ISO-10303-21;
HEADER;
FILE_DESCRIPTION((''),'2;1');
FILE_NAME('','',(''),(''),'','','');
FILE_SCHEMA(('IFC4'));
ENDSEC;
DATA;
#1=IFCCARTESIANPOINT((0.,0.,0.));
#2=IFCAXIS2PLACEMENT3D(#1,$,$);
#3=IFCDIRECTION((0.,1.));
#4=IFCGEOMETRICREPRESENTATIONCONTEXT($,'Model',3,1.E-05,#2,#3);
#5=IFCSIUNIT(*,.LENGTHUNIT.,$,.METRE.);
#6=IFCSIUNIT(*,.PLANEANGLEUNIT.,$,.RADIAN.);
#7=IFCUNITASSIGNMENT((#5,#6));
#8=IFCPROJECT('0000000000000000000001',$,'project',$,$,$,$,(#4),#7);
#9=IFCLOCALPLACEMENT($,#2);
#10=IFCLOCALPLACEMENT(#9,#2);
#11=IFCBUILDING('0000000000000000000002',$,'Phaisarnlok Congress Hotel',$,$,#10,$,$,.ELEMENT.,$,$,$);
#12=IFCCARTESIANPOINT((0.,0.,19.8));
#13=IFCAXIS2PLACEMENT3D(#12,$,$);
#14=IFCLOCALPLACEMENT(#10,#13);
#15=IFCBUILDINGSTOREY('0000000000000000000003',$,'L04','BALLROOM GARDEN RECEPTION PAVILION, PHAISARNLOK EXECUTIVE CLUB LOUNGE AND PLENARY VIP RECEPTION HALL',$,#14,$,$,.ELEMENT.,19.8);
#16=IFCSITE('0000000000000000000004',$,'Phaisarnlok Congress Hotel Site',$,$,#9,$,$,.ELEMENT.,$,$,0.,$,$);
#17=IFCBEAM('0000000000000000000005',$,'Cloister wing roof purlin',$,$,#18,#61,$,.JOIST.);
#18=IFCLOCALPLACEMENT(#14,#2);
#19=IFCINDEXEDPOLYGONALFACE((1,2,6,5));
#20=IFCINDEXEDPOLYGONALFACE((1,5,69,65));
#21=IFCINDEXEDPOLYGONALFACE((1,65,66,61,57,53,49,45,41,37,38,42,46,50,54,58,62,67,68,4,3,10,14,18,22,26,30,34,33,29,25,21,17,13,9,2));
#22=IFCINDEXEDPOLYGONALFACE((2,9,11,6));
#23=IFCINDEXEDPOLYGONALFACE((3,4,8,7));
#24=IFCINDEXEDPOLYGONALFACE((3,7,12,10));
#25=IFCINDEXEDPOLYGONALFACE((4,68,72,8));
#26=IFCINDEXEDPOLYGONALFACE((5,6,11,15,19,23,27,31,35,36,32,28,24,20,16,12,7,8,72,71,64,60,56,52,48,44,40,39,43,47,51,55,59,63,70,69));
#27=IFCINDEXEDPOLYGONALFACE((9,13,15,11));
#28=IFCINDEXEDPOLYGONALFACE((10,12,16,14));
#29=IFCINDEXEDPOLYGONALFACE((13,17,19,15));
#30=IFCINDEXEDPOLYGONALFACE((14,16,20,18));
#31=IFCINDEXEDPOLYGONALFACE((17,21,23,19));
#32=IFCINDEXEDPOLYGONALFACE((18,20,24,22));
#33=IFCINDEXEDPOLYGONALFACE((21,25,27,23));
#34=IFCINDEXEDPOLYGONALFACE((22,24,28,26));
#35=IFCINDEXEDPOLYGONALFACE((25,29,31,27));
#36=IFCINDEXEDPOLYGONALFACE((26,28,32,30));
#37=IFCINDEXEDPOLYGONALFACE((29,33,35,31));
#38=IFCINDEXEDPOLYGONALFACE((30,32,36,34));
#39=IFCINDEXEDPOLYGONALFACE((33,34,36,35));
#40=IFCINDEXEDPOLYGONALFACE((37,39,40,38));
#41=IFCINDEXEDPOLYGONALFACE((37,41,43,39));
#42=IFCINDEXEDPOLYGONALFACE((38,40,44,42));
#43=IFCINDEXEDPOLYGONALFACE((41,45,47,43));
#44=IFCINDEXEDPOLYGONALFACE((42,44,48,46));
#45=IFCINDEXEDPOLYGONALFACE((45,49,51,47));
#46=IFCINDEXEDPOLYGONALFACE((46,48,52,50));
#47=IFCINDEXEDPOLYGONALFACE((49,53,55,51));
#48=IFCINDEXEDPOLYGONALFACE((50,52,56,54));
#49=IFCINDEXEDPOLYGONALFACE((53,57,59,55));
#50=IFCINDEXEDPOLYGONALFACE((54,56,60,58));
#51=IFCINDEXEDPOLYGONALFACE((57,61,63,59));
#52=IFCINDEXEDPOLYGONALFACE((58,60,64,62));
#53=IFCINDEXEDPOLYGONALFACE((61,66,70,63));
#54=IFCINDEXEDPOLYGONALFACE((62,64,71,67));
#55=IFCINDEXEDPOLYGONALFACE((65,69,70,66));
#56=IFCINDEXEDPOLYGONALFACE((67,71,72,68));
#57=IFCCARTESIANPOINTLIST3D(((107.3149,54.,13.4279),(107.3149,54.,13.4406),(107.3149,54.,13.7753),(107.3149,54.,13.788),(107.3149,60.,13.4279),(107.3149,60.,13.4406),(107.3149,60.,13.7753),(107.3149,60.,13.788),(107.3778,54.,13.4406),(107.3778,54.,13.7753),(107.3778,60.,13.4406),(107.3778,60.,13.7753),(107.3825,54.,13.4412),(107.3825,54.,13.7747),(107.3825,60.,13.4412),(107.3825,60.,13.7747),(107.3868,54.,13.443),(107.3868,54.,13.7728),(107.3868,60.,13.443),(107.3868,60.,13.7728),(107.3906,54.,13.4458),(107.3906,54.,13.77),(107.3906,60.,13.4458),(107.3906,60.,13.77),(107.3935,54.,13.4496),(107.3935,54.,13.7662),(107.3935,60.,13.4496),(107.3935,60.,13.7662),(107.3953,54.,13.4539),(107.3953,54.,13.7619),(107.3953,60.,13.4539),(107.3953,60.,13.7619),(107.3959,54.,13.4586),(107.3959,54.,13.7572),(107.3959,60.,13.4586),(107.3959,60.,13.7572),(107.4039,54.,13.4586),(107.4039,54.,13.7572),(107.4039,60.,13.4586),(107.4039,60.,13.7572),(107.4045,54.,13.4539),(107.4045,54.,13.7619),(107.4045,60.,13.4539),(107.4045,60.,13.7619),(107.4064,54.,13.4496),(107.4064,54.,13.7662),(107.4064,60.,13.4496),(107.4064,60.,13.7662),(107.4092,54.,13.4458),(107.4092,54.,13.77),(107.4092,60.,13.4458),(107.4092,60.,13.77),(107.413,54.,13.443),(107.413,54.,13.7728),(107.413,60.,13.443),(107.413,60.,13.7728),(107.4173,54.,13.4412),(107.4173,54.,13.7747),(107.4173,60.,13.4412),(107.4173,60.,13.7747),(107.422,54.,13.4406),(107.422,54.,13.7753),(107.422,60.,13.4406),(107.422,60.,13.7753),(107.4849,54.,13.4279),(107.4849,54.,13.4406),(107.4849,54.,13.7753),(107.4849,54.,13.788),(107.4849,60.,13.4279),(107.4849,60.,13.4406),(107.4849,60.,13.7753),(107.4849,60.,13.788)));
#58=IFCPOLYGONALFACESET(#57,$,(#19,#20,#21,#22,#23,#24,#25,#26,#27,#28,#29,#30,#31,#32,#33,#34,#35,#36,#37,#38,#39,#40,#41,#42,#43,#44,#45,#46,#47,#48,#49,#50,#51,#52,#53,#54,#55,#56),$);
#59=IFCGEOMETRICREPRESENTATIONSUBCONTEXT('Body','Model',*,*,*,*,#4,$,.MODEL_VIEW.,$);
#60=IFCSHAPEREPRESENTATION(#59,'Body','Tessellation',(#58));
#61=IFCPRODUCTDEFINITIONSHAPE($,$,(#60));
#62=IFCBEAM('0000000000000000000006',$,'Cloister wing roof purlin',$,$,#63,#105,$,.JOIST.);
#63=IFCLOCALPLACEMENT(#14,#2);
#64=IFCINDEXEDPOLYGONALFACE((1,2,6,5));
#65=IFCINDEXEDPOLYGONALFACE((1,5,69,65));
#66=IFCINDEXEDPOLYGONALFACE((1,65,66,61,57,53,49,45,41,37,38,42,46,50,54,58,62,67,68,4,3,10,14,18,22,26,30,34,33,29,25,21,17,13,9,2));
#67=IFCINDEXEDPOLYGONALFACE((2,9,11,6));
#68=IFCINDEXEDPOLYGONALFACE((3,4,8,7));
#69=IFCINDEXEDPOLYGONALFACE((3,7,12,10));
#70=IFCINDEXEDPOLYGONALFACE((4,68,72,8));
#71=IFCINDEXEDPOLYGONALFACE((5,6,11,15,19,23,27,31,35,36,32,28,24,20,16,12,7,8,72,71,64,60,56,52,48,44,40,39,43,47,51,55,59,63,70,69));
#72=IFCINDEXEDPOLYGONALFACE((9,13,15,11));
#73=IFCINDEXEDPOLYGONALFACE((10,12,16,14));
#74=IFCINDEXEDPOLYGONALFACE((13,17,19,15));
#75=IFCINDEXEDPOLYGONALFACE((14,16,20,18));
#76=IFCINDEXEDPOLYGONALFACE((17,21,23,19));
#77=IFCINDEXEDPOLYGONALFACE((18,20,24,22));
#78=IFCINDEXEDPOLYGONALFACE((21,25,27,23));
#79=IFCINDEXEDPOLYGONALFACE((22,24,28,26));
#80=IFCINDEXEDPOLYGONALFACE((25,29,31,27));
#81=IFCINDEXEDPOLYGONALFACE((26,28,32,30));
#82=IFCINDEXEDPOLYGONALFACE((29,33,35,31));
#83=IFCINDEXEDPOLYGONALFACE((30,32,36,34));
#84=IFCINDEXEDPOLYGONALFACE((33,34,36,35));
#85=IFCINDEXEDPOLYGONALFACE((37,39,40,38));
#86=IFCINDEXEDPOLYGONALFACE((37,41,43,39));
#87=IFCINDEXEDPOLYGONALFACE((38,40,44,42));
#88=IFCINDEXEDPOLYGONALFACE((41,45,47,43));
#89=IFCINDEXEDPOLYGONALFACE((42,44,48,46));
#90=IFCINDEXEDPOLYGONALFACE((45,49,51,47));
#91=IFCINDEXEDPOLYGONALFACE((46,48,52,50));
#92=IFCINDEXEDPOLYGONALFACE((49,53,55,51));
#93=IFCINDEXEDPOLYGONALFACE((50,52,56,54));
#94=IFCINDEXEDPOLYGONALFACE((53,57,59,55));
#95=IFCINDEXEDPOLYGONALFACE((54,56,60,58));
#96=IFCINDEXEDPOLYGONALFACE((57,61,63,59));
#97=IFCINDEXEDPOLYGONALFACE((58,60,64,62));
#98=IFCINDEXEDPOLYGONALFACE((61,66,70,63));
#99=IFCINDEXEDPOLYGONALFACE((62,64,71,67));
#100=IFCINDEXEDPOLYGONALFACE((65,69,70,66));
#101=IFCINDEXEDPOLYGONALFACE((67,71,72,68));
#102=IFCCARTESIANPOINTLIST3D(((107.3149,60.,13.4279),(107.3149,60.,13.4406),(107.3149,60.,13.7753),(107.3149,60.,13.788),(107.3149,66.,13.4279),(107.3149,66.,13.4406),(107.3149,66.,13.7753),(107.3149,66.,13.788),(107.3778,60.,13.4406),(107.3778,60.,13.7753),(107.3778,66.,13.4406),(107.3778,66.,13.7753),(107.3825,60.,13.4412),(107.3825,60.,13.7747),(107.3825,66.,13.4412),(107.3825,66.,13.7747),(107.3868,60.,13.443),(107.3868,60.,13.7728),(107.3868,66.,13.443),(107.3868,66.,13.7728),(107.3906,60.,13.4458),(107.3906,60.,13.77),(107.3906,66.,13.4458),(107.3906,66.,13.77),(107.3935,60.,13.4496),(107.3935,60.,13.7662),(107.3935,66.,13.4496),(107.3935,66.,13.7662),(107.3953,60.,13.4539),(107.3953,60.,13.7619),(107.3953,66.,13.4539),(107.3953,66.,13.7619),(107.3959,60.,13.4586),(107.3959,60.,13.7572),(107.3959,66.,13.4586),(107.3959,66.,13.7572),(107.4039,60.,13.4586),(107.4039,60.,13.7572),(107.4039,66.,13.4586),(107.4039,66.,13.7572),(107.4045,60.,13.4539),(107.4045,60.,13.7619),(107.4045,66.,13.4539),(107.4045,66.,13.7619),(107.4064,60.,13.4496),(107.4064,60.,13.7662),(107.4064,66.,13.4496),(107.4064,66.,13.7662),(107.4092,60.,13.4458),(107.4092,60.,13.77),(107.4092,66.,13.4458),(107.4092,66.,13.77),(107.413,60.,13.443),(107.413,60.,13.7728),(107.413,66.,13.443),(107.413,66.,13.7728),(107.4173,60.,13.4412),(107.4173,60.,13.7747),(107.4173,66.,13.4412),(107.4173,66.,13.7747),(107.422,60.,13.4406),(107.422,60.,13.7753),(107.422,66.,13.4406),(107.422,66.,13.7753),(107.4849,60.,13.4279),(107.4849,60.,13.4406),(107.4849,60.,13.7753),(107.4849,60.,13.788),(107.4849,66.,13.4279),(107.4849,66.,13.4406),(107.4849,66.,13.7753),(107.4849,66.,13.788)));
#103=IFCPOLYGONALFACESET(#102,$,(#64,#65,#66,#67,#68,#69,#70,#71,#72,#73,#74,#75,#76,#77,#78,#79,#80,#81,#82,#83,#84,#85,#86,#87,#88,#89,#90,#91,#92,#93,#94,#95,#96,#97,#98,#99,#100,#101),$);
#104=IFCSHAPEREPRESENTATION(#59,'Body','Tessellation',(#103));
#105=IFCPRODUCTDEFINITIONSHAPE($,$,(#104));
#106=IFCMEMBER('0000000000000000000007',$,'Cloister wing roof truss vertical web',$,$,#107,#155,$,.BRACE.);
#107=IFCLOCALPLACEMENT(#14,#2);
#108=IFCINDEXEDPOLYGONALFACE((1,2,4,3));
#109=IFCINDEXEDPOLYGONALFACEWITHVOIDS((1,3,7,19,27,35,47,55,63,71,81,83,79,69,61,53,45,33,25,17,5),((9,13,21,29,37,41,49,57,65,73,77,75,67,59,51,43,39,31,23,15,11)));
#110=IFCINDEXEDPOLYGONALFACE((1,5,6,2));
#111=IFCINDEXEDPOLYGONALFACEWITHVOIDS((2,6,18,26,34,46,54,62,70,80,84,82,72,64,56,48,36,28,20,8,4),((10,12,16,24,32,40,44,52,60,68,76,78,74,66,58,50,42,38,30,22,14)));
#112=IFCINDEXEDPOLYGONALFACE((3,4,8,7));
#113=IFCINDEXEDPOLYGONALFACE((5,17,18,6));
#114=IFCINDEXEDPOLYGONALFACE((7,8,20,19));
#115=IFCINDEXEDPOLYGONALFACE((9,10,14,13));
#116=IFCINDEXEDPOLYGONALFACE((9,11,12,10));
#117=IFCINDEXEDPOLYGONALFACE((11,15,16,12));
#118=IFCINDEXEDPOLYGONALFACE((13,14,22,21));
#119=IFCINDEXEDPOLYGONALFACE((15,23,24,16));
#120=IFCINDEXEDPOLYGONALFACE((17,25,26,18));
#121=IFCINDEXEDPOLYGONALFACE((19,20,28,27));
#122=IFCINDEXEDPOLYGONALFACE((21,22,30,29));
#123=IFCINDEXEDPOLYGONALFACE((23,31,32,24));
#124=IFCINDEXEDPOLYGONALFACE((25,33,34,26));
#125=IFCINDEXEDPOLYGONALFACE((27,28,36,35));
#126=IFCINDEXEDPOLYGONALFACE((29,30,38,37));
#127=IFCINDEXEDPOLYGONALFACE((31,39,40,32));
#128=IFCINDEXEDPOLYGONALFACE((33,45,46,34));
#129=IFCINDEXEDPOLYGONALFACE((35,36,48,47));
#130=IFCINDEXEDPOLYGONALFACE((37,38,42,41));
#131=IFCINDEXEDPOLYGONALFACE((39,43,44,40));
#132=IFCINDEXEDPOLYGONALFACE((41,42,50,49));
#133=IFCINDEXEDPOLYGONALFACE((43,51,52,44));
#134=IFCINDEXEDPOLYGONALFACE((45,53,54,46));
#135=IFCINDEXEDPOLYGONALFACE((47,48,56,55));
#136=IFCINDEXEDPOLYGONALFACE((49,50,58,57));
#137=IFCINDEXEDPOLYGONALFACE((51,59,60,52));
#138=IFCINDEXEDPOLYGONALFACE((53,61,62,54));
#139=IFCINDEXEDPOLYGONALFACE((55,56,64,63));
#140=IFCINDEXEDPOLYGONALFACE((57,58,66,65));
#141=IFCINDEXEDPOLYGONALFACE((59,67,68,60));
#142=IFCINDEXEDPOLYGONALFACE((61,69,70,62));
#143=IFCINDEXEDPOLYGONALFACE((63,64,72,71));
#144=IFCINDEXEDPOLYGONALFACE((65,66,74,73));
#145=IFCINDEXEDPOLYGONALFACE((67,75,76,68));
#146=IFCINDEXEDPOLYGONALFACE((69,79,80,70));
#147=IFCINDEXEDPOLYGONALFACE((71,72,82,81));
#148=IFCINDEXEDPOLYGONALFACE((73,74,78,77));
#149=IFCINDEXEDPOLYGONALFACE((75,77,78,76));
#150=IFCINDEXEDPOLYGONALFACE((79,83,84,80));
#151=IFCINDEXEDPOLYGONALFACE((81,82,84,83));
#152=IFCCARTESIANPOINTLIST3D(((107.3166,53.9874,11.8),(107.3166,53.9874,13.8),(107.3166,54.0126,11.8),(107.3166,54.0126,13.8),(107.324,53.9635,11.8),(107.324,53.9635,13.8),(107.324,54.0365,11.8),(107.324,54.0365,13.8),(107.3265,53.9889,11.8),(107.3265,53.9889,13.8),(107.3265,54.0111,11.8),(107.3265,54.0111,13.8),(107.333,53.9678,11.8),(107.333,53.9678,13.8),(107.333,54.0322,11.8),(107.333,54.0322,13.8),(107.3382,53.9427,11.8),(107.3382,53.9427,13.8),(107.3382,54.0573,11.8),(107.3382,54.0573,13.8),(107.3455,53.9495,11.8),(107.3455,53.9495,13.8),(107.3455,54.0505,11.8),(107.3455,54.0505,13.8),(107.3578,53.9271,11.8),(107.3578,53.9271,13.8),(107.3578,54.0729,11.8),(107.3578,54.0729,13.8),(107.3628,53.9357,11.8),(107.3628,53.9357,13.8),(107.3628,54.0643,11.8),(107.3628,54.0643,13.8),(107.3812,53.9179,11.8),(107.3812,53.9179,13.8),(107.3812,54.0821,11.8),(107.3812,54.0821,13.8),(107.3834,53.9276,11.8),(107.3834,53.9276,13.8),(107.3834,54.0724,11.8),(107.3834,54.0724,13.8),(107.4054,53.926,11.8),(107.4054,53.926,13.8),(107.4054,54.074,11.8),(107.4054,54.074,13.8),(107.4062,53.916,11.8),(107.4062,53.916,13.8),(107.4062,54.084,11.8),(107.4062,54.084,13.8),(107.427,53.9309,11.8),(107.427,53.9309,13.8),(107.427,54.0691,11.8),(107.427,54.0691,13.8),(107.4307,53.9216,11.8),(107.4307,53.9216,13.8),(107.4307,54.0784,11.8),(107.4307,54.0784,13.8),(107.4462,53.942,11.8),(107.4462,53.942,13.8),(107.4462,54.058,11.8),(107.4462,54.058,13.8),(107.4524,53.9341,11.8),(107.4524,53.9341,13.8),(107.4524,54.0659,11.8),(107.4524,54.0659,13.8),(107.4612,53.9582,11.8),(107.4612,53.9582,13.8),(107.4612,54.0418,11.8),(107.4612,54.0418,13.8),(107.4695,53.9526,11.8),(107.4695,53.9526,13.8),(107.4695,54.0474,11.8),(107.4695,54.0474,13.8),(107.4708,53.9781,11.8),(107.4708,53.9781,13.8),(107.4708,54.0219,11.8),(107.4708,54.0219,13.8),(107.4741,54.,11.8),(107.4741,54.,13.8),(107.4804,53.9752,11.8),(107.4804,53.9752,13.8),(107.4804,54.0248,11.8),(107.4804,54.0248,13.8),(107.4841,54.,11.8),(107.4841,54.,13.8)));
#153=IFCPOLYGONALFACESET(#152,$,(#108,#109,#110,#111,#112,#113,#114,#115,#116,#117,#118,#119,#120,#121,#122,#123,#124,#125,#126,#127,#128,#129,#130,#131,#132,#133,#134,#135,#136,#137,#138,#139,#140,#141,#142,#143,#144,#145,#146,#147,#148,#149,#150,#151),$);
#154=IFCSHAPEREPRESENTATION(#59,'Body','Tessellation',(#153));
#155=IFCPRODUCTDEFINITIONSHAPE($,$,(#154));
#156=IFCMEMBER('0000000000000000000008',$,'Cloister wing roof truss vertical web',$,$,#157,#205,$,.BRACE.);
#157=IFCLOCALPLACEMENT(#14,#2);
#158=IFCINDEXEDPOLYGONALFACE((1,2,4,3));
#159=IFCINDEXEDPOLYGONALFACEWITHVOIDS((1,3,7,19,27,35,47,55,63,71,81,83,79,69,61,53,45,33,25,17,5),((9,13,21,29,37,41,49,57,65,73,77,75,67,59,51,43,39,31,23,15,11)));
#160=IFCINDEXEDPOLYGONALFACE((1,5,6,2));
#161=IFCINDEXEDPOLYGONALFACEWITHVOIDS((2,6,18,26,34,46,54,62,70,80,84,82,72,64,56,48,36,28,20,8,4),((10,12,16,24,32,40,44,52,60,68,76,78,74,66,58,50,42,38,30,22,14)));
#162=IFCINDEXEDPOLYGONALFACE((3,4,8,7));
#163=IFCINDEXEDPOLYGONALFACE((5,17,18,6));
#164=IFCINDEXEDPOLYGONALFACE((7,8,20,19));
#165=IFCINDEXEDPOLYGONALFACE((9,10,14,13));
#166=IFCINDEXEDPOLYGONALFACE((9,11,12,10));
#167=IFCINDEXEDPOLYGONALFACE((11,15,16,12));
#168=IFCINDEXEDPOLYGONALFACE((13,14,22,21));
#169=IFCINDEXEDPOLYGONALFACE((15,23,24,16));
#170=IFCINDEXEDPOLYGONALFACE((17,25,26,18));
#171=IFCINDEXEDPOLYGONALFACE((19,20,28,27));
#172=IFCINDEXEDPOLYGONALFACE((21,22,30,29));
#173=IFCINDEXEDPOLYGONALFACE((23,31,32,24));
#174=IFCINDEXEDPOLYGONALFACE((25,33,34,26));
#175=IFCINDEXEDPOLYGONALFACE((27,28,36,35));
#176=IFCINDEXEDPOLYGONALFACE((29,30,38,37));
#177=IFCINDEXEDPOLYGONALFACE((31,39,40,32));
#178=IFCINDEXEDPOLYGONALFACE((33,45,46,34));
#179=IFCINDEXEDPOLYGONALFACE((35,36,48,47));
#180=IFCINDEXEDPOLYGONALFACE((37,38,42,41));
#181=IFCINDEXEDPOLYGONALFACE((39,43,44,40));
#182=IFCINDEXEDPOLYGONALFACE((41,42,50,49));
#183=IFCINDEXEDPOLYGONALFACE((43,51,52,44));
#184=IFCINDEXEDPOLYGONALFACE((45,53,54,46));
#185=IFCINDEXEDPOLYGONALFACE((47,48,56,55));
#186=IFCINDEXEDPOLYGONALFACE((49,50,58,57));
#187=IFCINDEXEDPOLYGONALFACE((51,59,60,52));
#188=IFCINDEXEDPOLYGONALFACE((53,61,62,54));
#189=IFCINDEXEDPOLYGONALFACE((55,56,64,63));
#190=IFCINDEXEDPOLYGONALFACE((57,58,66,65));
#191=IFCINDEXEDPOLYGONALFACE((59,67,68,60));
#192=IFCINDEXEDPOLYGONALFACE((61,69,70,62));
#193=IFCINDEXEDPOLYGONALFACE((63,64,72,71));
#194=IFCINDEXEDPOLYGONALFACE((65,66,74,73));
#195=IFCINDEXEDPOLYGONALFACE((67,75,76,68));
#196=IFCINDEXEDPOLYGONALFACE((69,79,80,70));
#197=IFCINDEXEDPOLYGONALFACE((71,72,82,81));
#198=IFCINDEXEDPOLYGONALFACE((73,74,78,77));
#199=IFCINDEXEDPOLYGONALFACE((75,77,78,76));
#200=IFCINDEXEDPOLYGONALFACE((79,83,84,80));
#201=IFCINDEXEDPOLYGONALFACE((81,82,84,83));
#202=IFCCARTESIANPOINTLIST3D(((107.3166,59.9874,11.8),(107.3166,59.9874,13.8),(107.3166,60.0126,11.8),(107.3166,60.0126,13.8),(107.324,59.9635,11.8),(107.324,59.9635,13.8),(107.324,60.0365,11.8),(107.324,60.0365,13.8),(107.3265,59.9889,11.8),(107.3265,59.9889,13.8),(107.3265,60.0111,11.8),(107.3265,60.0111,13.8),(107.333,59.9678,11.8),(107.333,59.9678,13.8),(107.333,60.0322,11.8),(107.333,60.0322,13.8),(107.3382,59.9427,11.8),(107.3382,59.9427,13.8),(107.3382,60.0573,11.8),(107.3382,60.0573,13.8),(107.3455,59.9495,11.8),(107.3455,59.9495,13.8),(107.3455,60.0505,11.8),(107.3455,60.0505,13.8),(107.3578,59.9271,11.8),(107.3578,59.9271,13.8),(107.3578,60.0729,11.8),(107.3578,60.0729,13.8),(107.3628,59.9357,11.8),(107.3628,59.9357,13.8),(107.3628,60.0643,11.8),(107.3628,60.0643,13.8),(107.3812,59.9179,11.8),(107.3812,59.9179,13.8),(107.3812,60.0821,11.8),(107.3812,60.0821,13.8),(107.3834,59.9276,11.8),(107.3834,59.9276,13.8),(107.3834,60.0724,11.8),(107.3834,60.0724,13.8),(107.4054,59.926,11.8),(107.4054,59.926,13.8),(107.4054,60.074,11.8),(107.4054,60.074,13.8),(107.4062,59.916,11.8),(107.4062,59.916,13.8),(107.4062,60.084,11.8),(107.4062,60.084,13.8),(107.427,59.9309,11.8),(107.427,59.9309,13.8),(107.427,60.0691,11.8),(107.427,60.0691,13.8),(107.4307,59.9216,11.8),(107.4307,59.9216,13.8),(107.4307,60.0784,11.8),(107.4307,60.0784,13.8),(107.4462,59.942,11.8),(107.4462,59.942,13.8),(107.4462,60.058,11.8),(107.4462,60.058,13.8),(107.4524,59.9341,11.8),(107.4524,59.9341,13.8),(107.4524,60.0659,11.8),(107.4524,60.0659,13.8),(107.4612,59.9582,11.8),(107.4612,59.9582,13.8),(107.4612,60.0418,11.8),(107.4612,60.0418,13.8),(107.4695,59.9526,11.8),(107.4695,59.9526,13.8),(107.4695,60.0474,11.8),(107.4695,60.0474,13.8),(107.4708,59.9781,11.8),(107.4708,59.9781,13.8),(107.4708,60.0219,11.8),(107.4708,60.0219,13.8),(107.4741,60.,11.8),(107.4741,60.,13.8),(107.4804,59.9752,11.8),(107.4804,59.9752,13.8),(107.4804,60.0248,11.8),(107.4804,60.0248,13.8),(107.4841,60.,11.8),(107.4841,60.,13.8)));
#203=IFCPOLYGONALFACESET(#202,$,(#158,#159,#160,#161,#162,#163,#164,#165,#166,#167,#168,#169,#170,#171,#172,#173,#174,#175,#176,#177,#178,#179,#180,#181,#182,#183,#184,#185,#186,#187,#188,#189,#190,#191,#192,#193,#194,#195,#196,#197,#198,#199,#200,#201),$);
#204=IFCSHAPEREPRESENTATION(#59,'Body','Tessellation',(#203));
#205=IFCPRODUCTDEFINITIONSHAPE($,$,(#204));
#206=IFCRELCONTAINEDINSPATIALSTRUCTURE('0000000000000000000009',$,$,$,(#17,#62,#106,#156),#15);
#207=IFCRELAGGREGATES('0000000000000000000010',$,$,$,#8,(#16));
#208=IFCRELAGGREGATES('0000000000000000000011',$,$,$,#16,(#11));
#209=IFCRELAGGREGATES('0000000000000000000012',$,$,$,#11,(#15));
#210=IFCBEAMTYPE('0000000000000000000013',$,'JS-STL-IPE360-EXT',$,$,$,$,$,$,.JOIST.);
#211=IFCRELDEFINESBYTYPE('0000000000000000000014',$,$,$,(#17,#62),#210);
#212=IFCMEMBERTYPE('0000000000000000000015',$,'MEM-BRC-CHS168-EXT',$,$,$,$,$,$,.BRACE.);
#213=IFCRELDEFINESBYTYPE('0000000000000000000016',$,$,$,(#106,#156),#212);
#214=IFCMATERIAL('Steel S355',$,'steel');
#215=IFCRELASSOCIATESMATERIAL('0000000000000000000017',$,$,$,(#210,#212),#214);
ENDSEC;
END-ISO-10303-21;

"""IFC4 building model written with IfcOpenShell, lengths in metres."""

from ifc_helpers import new_model, si_unit, direction, frame, origin, origin_2d, place, context, subcontext, project, spatial, hollow_circle, i_section, extrude, material, material_profile, profile_set, type_object, element, save


model = new_model("IFC4")

# Units and contexts
model_context = context("Model", 3, precision=1e-05, world=origin(), true_north=direction((0.0, 1.0)))
body_context = subcontext(model_context, "Body", "Model", "MODEL_VIEW")
ifc_project = project(units=[si_unit("LENGTHUNIT", "METRE"), si_unit("PLANEANGLEUNIT", "RADIAN")], contexts=[model_context])

# Site, building, storey
site_placement = place(None, origin())
site = spatial("IfcSite", under=ifc_project, at=site_placement, Name="Phaisarnlok Congress Hotel Site", CompositionType="ELEMENT", RefElevation=0.0)
building_placement = place(site_placement, origin())
building = spatial("IfcBuilding", under=site, at=building_placement, Name="Phaisarnlok Congress Hotel", CompositionType="ELEMENT")
storey_placement = place(building_placement, frame((0.0, 0.0, 19.8)))
storey = spatial("IfcBuildingStorey", under=building, at=storey_placement, Name="L04", Description="BALLROOM GARDEN RECEPTION PAVILION, PHAISARNLOK EXECUTIVE CLUB LOUNGE AND PLENARY VIP RECEPTION HALL", CompositionType="ELEMENT", Elevation=19.8)

# Beams
ifc_material_1 = material(Name="Steel S355", Category="steel")
ifc_material_profile_1 = material_profile(ifc_material_1, i_section(OverallWidth=0.1699, OverallDepth=0.3601, WebThickness=0.0081, FlangeThickness=0.0127, FilletRadius=0.0181, at=origin_2d()), Name="IPE 360")
ifc_profile_set_1 = profile_set([ifc_material_profile_1], Name="Steel S355")
beam_type = type_object("IfcBeamType", Name="JS-STL-IPE360-EXT", PredefinedType="JOIST", material=ifc_profile_set_1)
for number, where, z_axis, x_axis, name in (
    (1, (107.3999, 54.0, 13.6079), (0.0, 1.0, 0.0), (-1.0, 0.0, 0.0), "Cloister wing roof purlin"),
    (2, (107.3999, 60.0, 13.6079), (0.0, 1.0, 0.0), (-1.0, 0.0, 0.0), "Cloister wing roof purlin"),
):
    element("IfcBeam", number, at=place(storey_placement, frame(where, z_axis=z_axis, x_axis=x_axis)), inside=storey, type_object=beam_type, Name=name, PredefinedType="JOIST", context=body_context, shape_type="SweptSolid", body=[
        extrude(i_section(OverallWidth=0.1699, OverallDepth=0.3601, WebThickness=0.0081, FlangeThickness=0.0127, FilletRadius=0.0181, at=origin_2d()), origin(), (0.0, 0.0, 1.0), 6.0),
    ])

# Members
ifc_material_profile_2 = material_profile(ifc_material_1, hollow_circle(Radius=0.0842, WallThickness=0.01, at=origin_2d()), Name="CHS 168.3x10")
ifc_profile_set_2 = profile_set([ifc_material_profile_2], Name="Steel S355")
member_type_1 = type_object("IfcMemberType", Name="MEM-BRC-CHS168-EXT", PredefinedType="BRACE", material=ifc_profile_set_2)
for number, where, z_axis, x_axis, name in (
    (3, (107.3999, 54.0, 11.8), (0.0, 0.0, 1.0), (1.0, 0.0, 0.0), "Cloister wing roof truss vertical web"),
    (4, (107.3999, 60.0, 11.8), (0.0, 0.0, 1.0), (1.0, 0.0, 0.0), "Cloister wing roof truss vertical web"),
):
    element("IfcMember", number, at=place(storey_placement, frame(where, z_axis=z_axis, x_axis=x_axis)), inside=storey, type_object=member_type_1, Name=name, PredefinedType="BRACE", context=body_context, shape_type="SweptSolid", body=[
        extrude(hollow_circle(Radius=0.0842, WallThickness=0.01, at=origin_2d()), origin(), (0.0, 0.0, 1.0), 2.0),
    ])

save(model, "model.ifc")
